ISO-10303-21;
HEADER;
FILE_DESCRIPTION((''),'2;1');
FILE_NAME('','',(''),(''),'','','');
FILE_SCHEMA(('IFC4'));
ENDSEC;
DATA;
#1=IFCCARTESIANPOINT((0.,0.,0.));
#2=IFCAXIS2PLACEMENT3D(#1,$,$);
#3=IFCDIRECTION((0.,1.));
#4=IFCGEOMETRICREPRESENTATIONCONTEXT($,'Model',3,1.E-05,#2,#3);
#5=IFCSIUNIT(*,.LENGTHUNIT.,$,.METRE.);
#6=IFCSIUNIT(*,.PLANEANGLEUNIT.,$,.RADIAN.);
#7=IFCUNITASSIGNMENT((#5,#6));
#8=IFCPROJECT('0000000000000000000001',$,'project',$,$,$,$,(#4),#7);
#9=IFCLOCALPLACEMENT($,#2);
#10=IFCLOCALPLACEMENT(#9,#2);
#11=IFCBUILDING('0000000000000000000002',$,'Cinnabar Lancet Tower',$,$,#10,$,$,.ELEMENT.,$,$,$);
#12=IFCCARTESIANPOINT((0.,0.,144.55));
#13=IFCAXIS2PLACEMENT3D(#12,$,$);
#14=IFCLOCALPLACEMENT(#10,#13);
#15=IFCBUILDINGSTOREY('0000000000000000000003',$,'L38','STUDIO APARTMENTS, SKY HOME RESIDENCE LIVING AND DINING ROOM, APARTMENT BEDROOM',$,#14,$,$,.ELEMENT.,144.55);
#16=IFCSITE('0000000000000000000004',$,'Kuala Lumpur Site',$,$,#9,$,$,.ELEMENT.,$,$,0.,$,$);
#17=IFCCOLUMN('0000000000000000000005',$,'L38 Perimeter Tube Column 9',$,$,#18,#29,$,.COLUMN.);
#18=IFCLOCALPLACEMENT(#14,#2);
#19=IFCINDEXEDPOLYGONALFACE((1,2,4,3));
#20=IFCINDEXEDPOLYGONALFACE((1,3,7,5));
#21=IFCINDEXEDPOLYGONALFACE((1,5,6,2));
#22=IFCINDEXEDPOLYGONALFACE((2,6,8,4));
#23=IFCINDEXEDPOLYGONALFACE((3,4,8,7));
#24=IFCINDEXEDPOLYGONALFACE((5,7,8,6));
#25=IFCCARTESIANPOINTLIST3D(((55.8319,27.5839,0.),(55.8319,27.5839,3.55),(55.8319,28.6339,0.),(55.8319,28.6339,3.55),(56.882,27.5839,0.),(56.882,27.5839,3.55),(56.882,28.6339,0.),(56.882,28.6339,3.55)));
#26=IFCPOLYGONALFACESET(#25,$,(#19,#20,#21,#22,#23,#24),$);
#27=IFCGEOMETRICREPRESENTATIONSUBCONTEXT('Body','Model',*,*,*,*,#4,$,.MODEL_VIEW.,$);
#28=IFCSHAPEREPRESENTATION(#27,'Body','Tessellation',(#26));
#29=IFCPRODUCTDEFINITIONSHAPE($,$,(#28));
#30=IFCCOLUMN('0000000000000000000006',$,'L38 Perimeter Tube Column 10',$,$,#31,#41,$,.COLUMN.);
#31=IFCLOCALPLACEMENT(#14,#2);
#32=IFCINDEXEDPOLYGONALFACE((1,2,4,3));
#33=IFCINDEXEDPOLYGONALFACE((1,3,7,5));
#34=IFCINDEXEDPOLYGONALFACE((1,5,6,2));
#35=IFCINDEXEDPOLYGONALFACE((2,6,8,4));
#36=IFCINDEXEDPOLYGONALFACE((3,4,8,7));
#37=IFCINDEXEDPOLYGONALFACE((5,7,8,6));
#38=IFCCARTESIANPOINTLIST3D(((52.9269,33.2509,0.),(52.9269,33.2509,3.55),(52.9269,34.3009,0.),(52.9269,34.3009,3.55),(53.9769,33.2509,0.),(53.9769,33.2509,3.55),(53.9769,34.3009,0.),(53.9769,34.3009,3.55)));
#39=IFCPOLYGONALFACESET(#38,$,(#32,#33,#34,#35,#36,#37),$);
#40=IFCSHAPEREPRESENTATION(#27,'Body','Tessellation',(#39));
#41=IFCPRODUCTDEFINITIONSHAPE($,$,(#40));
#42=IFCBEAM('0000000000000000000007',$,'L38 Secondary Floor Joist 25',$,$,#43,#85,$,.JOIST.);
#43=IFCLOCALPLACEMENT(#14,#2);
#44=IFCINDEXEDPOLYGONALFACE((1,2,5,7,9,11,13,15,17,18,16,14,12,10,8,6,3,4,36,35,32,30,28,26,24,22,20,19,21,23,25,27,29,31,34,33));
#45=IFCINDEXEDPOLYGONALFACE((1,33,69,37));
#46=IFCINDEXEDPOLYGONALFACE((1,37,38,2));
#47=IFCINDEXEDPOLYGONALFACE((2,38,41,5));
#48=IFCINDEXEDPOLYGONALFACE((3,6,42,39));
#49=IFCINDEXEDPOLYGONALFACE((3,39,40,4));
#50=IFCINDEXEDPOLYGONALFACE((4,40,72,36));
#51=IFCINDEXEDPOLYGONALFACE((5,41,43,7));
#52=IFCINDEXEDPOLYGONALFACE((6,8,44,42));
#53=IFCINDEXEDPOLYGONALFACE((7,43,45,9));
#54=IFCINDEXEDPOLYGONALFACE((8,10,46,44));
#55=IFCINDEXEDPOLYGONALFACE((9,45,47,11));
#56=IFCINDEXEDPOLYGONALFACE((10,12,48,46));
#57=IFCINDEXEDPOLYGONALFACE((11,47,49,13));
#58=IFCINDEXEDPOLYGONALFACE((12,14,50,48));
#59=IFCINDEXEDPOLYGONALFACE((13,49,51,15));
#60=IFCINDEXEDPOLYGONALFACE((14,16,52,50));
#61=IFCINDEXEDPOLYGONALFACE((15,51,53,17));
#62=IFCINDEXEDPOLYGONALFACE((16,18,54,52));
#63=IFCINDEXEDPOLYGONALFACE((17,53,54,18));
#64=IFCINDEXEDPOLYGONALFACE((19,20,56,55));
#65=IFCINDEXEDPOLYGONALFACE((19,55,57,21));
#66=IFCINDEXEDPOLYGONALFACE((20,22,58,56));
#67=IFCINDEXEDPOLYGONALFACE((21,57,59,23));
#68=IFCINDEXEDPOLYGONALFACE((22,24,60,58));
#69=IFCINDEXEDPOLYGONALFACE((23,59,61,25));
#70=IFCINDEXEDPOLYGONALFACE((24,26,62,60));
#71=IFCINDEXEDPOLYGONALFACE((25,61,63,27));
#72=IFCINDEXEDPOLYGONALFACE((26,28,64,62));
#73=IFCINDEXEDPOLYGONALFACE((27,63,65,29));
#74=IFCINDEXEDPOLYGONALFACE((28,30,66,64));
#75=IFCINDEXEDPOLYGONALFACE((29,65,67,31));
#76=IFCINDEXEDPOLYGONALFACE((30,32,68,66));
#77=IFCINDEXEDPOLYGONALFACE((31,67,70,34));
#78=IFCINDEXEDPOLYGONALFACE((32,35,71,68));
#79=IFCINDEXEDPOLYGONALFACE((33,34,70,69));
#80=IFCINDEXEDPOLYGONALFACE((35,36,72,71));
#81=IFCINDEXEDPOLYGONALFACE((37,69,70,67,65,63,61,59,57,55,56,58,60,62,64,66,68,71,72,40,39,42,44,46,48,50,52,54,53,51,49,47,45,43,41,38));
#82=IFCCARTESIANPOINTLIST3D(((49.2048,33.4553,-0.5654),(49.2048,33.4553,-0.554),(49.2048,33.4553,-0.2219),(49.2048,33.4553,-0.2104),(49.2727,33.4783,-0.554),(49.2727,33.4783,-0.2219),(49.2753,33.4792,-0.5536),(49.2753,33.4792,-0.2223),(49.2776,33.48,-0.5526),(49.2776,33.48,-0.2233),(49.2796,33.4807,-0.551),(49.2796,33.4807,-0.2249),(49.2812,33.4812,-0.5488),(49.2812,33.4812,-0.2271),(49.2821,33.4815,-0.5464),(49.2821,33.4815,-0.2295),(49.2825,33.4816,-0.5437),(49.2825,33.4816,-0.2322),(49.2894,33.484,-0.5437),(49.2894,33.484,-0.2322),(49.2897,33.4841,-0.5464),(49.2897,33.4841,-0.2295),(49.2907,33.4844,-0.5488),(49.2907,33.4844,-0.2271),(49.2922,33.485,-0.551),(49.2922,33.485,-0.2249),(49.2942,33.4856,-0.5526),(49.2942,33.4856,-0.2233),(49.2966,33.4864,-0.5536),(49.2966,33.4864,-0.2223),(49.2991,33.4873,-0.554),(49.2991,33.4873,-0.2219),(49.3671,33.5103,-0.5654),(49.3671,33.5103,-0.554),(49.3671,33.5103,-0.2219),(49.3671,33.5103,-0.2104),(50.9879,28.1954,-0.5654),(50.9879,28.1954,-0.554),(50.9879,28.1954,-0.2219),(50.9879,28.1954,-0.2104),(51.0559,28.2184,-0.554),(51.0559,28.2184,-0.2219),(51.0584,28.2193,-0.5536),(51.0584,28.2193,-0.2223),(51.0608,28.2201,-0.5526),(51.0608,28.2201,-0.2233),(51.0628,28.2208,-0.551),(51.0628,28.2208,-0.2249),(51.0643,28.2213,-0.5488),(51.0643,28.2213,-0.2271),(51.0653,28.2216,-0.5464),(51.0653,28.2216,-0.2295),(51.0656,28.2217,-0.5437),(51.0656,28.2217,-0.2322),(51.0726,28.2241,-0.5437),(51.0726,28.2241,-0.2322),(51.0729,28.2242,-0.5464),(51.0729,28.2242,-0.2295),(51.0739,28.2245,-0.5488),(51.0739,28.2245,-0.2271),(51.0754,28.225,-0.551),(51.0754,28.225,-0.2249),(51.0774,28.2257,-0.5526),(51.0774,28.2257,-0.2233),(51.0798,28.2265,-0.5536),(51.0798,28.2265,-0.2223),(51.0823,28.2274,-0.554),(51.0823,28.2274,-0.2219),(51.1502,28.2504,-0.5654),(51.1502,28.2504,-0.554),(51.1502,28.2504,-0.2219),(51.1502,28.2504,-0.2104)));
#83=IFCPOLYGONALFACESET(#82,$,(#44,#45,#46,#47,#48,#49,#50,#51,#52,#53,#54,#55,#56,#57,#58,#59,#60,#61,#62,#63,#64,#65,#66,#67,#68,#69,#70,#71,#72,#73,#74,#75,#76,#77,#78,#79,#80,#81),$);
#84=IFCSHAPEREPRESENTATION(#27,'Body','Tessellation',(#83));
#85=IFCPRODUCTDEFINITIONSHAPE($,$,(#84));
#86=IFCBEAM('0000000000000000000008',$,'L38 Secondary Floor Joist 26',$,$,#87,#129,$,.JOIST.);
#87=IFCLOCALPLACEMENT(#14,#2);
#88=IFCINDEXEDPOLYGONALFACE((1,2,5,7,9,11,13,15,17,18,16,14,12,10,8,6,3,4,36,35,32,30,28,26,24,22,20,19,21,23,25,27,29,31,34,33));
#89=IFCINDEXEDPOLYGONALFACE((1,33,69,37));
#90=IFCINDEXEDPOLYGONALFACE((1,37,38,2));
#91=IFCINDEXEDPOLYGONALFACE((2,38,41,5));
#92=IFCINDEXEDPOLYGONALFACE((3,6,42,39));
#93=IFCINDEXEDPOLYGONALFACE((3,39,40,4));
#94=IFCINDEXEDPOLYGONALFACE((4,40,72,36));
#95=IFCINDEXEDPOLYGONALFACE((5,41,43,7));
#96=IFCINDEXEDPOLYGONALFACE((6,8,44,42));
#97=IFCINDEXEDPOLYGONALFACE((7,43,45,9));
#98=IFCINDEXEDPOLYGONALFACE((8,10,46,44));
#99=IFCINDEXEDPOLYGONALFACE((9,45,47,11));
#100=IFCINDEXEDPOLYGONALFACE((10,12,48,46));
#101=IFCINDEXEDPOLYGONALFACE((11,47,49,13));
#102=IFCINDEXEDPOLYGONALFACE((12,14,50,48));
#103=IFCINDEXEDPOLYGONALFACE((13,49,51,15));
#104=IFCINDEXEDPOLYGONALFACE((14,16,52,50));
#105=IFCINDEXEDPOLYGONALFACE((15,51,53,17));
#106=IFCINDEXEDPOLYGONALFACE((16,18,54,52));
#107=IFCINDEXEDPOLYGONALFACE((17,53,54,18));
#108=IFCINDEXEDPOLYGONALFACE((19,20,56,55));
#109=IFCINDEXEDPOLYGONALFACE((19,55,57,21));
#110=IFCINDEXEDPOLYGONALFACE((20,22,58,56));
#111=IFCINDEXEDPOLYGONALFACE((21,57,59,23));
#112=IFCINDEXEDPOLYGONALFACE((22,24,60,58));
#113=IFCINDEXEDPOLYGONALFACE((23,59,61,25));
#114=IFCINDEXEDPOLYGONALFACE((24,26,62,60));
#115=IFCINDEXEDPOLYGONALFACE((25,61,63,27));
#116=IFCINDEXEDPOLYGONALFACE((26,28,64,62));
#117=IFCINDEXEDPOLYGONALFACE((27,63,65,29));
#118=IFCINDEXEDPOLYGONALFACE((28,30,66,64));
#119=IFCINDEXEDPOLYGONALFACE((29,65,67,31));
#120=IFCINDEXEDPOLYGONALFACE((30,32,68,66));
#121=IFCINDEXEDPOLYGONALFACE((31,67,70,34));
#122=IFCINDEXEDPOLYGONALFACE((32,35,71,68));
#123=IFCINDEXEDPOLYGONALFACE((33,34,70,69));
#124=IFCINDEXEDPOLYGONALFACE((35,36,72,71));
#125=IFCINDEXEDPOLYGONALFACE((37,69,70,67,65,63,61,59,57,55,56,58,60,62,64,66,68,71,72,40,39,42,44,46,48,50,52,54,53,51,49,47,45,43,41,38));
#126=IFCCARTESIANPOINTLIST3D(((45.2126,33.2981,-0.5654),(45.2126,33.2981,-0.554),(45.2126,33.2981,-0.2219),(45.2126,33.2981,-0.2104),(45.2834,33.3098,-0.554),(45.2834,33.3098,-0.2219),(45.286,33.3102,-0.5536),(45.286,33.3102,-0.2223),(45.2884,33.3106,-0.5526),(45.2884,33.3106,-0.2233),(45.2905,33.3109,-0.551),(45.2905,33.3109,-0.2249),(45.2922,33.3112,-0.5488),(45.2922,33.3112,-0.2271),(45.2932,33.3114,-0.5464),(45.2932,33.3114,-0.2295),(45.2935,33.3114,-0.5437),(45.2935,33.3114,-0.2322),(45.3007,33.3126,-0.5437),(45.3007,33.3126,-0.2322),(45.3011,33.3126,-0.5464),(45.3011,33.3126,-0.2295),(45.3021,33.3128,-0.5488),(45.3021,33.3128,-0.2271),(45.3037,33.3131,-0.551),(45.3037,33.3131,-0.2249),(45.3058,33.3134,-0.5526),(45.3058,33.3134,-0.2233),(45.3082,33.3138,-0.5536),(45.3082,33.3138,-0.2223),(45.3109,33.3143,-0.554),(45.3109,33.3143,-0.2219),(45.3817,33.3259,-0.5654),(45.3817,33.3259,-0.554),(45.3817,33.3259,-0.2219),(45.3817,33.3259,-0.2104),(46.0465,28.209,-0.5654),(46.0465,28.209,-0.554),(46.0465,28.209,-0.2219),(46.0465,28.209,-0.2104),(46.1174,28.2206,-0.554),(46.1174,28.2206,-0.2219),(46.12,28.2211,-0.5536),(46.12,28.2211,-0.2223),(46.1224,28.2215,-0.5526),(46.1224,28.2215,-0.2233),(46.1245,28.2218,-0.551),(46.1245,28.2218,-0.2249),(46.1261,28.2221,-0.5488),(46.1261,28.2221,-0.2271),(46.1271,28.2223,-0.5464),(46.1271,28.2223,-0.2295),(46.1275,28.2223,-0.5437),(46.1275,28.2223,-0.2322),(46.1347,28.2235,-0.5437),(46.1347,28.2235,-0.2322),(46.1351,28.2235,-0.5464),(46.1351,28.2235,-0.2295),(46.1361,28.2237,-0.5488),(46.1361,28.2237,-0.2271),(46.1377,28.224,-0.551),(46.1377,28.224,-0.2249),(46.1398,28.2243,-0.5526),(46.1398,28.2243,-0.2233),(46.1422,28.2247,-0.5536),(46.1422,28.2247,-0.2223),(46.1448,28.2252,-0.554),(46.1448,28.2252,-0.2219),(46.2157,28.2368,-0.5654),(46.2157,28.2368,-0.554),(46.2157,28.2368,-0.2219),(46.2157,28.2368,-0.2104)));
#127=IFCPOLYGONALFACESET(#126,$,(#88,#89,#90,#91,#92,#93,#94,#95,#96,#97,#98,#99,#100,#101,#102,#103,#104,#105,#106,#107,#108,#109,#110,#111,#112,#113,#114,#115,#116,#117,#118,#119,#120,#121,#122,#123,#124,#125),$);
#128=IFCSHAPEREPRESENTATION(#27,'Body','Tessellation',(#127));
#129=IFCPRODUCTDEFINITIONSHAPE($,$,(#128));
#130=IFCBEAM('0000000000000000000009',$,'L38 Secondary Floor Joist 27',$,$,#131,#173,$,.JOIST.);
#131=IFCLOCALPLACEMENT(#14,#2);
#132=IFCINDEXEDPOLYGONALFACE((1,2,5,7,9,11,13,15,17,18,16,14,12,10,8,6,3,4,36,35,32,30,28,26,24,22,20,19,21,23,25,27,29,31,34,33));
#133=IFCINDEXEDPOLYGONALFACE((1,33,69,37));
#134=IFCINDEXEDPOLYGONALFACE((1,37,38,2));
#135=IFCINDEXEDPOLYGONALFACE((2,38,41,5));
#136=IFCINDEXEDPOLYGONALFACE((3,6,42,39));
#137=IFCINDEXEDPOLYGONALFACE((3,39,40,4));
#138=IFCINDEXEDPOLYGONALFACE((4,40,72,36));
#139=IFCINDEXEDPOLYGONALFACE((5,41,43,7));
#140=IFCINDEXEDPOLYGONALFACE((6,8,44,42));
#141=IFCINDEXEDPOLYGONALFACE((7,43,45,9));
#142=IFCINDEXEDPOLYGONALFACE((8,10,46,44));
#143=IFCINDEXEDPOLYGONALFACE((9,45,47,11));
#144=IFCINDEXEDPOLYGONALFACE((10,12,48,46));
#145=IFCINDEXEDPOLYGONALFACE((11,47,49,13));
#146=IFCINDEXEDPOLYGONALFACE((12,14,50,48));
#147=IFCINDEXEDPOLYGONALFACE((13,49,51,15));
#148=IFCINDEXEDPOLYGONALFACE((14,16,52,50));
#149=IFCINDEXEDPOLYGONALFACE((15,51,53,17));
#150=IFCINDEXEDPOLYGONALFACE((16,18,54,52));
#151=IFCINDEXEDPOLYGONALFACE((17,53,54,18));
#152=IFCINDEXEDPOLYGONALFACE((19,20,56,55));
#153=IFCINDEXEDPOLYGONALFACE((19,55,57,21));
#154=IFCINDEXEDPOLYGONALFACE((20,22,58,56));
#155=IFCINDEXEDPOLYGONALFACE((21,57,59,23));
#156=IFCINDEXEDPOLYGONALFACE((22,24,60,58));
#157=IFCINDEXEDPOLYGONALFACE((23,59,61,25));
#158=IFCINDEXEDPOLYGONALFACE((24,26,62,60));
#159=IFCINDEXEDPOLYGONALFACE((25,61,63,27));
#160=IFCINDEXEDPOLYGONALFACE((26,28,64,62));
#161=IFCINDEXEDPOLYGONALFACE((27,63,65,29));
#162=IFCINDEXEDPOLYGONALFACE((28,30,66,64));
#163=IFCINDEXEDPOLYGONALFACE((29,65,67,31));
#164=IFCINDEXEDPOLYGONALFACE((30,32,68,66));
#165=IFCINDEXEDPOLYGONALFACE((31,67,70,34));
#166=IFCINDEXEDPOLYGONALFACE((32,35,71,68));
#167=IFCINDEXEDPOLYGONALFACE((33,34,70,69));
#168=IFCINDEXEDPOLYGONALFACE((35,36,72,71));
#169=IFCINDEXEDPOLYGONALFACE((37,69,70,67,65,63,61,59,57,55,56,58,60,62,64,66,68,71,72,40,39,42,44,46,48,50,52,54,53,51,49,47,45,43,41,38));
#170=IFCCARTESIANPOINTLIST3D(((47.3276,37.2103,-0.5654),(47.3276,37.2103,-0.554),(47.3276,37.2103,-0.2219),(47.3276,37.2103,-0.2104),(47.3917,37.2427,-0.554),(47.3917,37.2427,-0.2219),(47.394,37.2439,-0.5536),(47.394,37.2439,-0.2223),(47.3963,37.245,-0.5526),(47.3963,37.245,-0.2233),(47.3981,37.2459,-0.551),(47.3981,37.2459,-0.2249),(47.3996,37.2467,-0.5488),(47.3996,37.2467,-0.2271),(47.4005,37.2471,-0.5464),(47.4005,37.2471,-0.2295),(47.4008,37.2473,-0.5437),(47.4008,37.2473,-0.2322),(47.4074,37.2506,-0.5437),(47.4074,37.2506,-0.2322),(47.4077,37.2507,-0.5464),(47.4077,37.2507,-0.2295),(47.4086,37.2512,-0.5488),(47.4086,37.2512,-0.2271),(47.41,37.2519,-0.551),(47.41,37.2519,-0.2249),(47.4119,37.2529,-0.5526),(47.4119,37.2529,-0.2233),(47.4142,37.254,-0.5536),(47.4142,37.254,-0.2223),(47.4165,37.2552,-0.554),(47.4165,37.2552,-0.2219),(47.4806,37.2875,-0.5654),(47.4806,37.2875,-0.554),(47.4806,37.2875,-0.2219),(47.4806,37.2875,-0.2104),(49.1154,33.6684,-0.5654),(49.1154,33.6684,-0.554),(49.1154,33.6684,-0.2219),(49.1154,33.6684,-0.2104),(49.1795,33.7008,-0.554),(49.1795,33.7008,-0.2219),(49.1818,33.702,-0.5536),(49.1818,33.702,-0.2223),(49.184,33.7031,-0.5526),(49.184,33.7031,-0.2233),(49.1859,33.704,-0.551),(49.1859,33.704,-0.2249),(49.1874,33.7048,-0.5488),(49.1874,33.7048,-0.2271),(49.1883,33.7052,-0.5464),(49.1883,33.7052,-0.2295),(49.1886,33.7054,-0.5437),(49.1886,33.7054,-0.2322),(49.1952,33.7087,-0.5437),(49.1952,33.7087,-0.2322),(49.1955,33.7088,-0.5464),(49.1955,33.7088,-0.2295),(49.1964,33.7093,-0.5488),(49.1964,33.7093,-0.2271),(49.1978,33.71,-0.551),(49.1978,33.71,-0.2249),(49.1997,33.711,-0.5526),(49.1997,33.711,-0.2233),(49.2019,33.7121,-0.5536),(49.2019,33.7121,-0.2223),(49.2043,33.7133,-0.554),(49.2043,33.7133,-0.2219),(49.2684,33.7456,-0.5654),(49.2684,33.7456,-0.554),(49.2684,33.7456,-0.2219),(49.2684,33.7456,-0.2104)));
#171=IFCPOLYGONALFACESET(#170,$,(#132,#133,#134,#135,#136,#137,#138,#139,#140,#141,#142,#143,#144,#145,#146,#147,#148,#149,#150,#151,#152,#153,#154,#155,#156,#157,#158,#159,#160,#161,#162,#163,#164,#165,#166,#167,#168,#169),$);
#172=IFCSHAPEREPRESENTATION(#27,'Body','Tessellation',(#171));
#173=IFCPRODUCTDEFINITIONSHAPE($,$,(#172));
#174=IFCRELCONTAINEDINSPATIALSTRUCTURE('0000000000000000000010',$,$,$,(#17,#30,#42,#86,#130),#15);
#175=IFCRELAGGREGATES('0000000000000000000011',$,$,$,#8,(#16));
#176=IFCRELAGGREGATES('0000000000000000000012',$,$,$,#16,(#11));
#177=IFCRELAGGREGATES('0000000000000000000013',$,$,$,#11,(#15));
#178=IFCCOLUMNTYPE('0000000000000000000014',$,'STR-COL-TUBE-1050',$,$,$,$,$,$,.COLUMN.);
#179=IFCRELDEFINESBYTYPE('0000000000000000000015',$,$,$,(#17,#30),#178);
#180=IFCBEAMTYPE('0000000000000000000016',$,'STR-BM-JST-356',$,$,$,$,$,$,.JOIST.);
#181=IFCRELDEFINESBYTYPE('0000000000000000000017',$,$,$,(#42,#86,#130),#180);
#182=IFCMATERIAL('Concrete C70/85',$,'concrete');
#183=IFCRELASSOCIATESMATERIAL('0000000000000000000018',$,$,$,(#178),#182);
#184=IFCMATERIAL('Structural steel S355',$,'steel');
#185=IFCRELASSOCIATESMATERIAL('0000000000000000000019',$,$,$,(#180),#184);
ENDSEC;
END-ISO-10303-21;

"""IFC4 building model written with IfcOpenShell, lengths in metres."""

from ifc_helpers import new_model, si_unit, direction, frame, origin, origin_2d, place, context, subcontext, project, spatial, rectangle, i_section, extrude, material, material_profile, profile_set, type_object, element, save


model = new_model("IFC4")

# Units and contexts
model_context = context("Model", 3, precision=1e-05, world=origin(), true_north=direction((0.0, 1.0)))
body_context = subcontext(model_context, "Body", "Model", "MODEL_VIEW")
ifc_project = project(units=[si_unit("LENGTHUNIT", "METRE"), si_unit("PLANEANGLEUNIT", "RADIAN")], contexts=[model_context])

# Site, building, storey
site_placement = place(None, origin())
site = spatial("IfcSite", under=ifc_project, at=site_placement, Name="Kuala Lumpur Site", CompositionType="ELEMENT", RefElevation=0.0)
building_placement = place(site_placement, origin())
building = spatial("IfcBuilding", under=site, at=building_placement, Name="Cinnabar Lancet Tower", CompositionType="ELEMENT")
storey_placement = place(building_placement, frame((0.0, 0.0, 144.55)))
storey = spatial("IfcBuildingStorey", under=building, at=storey_placement, Name="L38", Description="STUDIO APARTMENTS, SKY HOME RESIDENCE LIVING AND DINING ROOM, APARTMENT BEDROOM", CompositionType="ELEMENT", Elevation=144.55)

# Columns
ifc_material_1 = material(Name="Concrete C70/85", Category="concrete")
ifc_material_profile_1 = material_profile(ifc_material_1, rectangle(XDim=1.05, YDim=1.05, at=origin_2d()), Name="RC-COL 1050x1050")
ifc_profile_set_1 = profile_set([ifc_material_profile_1], Name="Concrete C70/85")
column_type = type_object("IfcColumnType", Name="STR-COL-TUBE-1050", PredefinedType="COLUMN", material=ifc_profile_set_1)
for number, where, z_axis, x_axis, name in (
    (1, (56.3569, 28.1089, 0.0), (0.0, 0.0, 1.0), (1.0, 0.0, 0.0), "L38 Perimeter Tube Column 9"),
    (2, (53.4519, 33.7759, 0.0), (0.0, 0.0, 1.0), (1.0, 0.0, 0.0), "L38 Perimeter Tube Column 10"),
):
    element("IfcColumn", number, at=place(storey_placement, frame(where, z_axis=z_axis, x_axis=x_axis)), inside=storey, type_object=column_type, Name=name, PredefinedType="COLUMN", context=body_context, shape_type="SweptSolid", body=[
        extrude(rectangle(XDim=1.05, YDim=1.05, at=origin_2d()), origin(), (0.0, 0.0, 1.0), 3.55),
    ])

# Beams
ifc_material_2 = material(Name="Structural steel S355", Category="steel")
ifc_material_profile_2 = material_profile(ifc_material_2, i_section(OverallWidth=0.1714, OverallDepth=0.355, WebThickness=0.0073, FlangeThickness=0.0115, FilletRadius=0.0103, at=origin_2d()), Name="UKB 356x171x51")
ifc_profile_set_2 = profile_set([ifc_material_profile_2], Name="Structural steel S355")
beam_type_1 = type_object("IfcBeamType", Name="STR-BM-JST-356", PredefinedType="JOIST", material=ifc_profile_set_2)
beam_1_placement = place(storey_placement, frame((51.0691, 28.2229, -0.3879), z_axis=(-0.321063, 0.947058, 0.0), x_axis=(-0.947058, -0.321063, 0.0)))
element("IfcBeam", 3, at=beam_1_placement, inside=storey, type_object=beam_type_1, Name="L38 Secondary Floor Joist 25", PredefinedType="JOIST", context=body_context, shape_type="SweptSolid", body=[
    extrude(i_section(OverallWidth=0.1714, OverallDepth=0.355, WebThickness=0.0073, FlangeThickness=0.0115, FilletRadius=0.0103, at=origin_2d()), origin(), (0.0, 0.0, 1.0), 5.554),
])
beam_2_placement = place(storey_placement, frame((46.1311, 28.2229, -0.3879), z_axis=(-0.161719, 0.986837, 0.0), x_axis=(-0.986837, -0.161719, 0.0)))
element("IfcBeam", 4, at=beam_2_placement, inside=storey, type_object=beam_type_1, Name="L38 Secondary Floor Joist 26", PredefinedType="JOIST", context=body_context, shape_type="SweptSolid", body=[
    extrude(i_section(OverallWidth=0.1714, OverallDepth=0.355, WebThickness=0.0073, FlangeThickness=0.0115, FilletRadius=0.0103, at=origin_2d()), origin(), (0.0, 0.0, 1.0), 5.157),
])
beam_3_placement = place(storey_placement, frame((49.1919, 33.707, -0.3879), z_axis=(-0.450607, 0.892722, 0.0), x_axis=(-0.892722, -0.450607, 0.0)))
element("IfcBeam", 5, at=beam_3_placement, inside=storey, type_object=beam_type_1, Name="L38 Secondary Floor Joist 27", PredefinedType="JOIST", context=body_context, shape_type="SweptSolid", body=[
    extrude(i_section(OverallWidth=0.1714, OverallDepth=0.355, WebThickness=0.0073, FlangeThickness=0.0115, FilletRadius=0.0103, at=origin_2d()), origin(), (0.0, 0.0, 1.0), 3.9675),
])

save(model, "model.ifc")
